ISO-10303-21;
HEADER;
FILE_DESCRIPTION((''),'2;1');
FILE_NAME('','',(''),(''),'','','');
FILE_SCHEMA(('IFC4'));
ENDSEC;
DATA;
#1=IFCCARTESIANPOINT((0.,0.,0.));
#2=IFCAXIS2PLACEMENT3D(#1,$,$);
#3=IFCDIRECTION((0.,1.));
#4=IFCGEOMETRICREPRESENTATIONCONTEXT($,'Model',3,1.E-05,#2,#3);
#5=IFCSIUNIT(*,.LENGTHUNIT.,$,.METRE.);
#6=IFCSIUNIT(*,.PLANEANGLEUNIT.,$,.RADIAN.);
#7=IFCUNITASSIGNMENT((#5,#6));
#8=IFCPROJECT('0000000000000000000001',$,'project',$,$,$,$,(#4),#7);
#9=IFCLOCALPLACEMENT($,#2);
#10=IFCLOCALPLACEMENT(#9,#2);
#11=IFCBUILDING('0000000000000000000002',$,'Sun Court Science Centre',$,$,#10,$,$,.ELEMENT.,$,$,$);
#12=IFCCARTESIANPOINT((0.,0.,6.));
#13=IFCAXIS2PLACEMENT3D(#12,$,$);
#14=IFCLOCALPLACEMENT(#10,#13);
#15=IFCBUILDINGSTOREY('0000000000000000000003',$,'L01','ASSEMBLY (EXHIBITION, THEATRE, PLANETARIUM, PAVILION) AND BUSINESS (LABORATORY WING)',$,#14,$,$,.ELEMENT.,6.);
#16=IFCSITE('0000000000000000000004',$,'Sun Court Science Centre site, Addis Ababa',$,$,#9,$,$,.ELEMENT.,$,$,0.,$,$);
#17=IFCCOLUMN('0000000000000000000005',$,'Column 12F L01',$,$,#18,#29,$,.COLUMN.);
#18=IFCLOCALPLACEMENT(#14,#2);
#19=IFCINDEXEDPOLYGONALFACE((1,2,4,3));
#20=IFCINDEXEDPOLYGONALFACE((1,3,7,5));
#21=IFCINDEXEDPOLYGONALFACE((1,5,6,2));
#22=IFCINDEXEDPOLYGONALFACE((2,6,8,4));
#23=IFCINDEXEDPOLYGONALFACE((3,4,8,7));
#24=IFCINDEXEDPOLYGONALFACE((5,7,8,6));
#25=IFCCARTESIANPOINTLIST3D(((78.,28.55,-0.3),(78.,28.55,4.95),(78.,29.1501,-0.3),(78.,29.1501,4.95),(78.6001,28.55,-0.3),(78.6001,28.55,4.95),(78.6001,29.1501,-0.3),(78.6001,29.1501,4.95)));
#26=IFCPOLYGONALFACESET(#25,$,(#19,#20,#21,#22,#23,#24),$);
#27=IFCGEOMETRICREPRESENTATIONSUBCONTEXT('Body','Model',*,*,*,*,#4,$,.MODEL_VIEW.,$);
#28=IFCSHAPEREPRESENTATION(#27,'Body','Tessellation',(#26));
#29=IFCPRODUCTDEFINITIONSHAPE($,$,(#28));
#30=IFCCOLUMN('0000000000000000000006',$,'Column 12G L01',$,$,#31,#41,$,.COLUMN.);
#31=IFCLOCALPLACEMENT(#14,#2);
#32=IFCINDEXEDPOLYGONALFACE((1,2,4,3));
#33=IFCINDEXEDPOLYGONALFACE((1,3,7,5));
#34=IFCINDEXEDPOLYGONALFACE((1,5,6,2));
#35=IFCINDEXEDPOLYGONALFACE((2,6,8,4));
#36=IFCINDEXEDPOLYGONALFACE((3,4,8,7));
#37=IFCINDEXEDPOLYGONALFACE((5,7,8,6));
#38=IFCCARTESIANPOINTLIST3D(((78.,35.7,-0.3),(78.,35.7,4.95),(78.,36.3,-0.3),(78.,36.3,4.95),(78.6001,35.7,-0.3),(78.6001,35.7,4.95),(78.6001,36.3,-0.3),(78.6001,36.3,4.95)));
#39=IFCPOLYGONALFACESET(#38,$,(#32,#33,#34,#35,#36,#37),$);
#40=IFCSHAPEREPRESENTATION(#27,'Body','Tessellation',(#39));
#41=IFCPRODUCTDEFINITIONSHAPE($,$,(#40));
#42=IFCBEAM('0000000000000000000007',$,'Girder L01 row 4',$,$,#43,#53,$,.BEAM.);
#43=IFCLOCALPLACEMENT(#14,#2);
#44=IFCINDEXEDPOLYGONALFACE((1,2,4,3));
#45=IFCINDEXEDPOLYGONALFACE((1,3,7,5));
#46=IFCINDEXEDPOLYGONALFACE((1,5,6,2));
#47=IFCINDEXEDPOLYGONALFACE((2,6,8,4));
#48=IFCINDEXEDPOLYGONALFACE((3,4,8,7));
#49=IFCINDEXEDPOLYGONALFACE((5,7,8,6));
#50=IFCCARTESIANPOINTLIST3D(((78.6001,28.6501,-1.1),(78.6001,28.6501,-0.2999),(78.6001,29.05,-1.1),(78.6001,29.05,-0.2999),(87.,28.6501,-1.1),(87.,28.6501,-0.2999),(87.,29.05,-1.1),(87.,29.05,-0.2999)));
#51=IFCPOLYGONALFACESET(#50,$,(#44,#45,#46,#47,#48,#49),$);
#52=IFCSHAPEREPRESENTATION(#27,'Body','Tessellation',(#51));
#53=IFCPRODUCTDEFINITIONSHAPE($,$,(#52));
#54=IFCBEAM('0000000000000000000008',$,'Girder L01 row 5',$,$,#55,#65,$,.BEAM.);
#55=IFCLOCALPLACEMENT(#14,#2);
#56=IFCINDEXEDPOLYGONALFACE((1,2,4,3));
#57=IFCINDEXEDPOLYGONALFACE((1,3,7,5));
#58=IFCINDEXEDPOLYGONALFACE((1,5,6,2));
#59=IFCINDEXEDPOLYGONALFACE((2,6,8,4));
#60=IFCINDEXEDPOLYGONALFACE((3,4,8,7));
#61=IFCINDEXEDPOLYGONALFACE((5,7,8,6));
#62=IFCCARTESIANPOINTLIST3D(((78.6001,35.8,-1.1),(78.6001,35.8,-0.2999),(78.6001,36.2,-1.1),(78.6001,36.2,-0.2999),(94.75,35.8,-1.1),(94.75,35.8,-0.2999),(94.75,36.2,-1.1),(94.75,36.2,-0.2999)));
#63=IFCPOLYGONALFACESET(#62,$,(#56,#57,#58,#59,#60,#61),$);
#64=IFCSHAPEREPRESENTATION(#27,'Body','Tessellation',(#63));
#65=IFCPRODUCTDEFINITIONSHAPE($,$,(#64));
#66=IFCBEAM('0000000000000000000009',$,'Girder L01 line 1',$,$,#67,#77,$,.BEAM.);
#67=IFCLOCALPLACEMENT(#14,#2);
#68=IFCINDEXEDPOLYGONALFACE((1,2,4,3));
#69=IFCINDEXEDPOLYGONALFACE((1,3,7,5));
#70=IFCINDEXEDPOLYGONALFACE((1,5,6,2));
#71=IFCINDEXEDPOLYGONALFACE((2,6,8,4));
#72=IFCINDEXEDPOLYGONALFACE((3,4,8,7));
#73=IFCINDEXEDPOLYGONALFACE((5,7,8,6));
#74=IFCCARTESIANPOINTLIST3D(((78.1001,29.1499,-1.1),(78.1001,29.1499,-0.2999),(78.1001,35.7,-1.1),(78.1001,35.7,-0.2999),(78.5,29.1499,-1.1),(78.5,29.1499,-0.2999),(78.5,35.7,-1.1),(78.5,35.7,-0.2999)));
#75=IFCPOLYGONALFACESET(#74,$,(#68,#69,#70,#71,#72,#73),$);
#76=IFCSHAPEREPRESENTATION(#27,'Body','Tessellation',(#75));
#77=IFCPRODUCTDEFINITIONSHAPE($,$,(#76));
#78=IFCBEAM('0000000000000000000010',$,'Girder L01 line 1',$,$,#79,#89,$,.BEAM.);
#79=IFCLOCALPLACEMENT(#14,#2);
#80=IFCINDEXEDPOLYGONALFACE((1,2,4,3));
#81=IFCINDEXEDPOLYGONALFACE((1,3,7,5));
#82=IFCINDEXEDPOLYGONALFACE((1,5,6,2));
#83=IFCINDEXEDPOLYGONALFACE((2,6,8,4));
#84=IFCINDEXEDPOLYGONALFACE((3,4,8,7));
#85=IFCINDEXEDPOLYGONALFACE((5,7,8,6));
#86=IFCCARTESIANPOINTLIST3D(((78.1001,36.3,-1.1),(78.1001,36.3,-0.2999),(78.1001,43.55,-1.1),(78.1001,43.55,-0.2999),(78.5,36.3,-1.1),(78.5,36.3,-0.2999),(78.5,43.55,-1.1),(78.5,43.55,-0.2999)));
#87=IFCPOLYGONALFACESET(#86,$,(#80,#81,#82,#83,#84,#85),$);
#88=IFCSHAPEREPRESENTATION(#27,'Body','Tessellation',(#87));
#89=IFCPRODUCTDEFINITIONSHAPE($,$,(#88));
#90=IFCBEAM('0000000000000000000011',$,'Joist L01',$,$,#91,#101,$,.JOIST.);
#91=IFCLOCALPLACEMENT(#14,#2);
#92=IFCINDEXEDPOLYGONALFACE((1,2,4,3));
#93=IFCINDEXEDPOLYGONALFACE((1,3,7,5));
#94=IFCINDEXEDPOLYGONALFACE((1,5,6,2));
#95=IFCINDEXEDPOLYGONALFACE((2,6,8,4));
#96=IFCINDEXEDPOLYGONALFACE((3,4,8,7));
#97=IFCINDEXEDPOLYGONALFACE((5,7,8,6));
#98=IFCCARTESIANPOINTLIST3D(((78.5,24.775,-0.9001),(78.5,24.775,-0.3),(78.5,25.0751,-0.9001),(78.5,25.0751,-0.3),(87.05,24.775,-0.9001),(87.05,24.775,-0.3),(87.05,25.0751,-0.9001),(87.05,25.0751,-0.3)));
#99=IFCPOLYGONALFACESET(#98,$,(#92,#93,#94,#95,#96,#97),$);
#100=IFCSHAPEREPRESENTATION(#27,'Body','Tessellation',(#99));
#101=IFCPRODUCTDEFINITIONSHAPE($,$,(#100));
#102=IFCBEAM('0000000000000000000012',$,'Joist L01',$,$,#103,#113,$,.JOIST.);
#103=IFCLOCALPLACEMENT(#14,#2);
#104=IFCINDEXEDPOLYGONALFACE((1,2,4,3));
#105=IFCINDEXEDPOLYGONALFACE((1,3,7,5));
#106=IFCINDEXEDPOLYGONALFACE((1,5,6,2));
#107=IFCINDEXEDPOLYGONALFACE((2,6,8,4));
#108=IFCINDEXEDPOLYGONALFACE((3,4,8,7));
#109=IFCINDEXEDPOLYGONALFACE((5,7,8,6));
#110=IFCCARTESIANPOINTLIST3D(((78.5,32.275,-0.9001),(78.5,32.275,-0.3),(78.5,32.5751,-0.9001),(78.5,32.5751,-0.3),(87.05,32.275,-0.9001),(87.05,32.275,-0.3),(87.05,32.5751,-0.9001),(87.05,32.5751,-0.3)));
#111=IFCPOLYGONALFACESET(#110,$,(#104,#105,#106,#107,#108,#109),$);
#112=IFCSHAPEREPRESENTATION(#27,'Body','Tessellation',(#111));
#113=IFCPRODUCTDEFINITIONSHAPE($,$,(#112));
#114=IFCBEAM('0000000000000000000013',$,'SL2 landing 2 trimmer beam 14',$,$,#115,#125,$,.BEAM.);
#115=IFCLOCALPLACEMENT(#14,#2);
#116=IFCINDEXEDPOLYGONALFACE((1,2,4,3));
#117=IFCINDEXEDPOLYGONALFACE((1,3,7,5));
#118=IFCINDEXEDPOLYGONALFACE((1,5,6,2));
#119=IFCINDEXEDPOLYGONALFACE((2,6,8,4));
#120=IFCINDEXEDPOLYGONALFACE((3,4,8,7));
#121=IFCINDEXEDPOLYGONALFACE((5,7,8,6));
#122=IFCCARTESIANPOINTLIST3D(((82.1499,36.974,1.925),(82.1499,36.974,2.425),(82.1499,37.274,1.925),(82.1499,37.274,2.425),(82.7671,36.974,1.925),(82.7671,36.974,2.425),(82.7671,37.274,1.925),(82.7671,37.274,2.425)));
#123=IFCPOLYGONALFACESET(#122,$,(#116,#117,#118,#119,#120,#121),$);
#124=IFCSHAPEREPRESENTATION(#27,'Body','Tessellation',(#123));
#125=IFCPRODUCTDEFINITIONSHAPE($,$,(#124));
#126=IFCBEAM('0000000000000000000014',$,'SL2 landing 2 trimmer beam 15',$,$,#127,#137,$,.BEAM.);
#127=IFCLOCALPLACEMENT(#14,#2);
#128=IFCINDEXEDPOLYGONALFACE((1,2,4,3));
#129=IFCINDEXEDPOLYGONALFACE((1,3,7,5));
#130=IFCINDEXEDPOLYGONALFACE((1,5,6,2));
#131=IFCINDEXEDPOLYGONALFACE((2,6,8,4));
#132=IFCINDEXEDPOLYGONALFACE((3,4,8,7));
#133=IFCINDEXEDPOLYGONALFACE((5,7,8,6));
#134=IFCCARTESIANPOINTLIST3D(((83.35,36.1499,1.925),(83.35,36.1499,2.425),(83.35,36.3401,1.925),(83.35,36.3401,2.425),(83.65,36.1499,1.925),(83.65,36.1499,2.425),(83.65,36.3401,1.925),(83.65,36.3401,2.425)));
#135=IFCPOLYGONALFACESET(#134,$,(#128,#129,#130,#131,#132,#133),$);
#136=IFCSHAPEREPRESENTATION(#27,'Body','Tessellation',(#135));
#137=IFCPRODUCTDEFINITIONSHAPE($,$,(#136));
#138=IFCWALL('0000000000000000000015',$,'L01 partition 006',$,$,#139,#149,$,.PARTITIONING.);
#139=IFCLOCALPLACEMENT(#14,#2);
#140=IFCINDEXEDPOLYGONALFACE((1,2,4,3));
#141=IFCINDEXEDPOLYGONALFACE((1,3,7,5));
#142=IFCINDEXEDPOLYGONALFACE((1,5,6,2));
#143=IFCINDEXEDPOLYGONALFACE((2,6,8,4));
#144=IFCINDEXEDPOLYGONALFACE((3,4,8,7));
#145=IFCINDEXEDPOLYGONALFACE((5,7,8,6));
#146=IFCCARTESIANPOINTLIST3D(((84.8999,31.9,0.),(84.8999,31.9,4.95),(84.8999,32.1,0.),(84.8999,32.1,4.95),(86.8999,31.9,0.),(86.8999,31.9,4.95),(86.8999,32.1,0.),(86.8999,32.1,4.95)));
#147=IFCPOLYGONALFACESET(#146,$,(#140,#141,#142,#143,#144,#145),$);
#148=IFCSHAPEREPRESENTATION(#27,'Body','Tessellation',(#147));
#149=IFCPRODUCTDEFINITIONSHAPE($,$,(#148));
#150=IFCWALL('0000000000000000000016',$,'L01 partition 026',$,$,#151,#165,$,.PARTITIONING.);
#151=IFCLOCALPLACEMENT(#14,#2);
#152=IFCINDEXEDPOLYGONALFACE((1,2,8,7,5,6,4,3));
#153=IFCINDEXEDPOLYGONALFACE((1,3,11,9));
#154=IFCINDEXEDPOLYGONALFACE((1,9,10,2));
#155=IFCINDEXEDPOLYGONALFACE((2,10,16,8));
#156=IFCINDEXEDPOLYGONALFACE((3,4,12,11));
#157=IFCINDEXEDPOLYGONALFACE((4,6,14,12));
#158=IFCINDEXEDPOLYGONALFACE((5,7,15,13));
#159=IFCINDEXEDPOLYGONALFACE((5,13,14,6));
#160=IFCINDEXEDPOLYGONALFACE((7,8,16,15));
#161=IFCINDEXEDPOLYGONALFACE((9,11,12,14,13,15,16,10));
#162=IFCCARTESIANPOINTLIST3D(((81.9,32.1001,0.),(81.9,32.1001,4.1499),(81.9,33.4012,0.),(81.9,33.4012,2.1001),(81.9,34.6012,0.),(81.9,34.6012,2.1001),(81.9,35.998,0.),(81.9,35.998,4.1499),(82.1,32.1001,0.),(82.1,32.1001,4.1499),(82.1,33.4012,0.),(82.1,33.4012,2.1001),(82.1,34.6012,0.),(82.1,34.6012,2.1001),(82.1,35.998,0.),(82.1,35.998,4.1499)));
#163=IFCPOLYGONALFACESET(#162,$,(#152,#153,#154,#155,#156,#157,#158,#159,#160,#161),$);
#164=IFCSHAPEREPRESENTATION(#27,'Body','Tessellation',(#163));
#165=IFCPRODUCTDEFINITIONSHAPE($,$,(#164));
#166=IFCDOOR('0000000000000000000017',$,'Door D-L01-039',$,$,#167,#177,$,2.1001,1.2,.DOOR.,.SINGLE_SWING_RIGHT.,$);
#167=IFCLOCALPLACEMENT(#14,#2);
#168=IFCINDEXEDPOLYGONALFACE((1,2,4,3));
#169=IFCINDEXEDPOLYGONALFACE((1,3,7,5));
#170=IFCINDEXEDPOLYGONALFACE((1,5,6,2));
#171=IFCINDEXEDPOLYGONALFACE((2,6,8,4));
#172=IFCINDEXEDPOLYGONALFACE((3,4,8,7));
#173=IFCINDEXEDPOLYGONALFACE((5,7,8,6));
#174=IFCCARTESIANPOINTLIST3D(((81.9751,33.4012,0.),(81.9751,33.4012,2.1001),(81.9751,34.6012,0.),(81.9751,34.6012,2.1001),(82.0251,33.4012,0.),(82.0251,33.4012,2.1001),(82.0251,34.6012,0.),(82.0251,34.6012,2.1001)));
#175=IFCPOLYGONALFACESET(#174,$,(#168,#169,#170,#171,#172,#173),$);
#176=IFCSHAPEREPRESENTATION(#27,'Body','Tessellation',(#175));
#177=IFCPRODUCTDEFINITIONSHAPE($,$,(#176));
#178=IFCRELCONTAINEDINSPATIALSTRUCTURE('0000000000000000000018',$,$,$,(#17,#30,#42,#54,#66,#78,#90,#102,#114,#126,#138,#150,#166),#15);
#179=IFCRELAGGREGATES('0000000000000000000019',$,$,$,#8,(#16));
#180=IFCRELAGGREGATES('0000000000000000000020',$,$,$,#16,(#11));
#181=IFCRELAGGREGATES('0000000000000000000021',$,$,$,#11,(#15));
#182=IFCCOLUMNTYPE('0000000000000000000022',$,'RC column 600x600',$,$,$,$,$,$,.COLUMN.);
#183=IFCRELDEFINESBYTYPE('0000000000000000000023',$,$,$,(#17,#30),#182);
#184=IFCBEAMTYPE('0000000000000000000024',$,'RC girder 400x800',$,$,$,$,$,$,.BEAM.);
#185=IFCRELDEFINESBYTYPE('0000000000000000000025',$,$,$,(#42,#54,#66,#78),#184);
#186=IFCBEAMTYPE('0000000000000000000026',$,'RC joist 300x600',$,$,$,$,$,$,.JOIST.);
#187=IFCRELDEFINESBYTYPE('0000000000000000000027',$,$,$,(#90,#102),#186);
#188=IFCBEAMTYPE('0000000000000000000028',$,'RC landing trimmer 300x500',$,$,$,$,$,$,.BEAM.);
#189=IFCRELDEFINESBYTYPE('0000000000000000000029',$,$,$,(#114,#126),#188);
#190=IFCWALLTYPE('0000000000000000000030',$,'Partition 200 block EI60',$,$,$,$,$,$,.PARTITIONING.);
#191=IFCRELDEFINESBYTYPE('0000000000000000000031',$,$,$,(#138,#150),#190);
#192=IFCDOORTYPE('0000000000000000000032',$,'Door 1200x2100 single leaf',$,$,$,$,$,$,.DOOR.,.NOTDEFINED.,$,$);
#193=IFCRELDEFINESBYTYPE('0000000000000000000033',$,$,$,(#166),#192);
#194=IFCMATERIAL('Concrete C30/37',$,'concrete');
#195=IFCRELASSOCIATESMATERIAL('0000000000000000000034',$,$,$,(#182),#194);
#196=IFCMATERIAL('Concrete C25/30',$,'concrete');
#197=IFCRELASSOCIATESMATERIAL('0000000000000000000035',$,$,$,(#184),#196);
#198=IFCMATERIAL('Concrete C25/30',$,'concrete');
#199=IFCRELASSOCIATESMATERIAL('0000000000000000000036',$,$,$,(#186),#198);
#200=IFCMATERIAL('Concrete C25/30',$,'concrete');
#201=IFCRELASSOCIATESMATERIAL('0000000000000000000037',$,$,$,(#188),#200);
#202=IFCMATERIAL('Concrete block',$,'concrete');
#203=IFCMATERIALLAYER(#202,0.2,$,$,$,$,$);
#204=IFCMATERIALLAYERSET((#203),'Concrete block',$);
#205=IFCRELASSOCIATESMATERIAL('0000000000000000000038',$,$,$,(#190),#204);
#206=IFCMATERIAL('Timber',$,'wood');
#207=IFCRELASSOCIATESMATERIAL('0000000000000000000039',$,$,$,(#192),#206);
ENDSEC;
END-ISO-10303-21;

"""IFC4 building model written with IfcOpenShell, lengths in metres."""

from ifc_helpers import new_model, si_unit, direction, frame, frame_2d, origin, origin_2d, place, context, subcontext, project, spatial, rectangle, extrude, material, layer, layer_set, material_profile, profile_set, type_object, element, fill, save


model = new_model("IFC4")

# Units and contexts
model_context = context("Model", 3, precision=1e-05, world=origin(), true_north=direction((0.0, 1.0)))
body_context = subcontext(model_context, "Body", "Model", "MODEL_VIEW")
ifc_project = project(units=[si_unit("LENGTHUNIT", "METRE"), si_unit("PLANEANGLEUNIT", "RADIAN")], contexts=[model_context])

# Site, building, storey
site_placement = place(None, origin())
site = spatial("IfcSite", under=ifc_project, at=site_placement, Name="Sun Court Science Centre site, Addis Ababa", CompositionType="ELEMENT", RefElevation=0.0)
building_placement = place(site_placement, origin())
building = spatial("IfcBuilding", under=site, at=building_placement, Name="Sun Court Science Centre", CompositionType="ELEMENT")
storey_placement = place(building_placement, frame((0.0, 0.0, 6.0)))
storey = spatial("IfcBuildingStorey", under=building, at=storey_placement, Name="L01", Description="ASSEMBLY (EXHIBITION, THEATRE, PLANETARIUM, PAVILION) AND BUSINESS (LABORATORY WING)", CompositionType="ELEMENT", Elevation=6.0)

# Columns
ifc_material_1 = material(Name="Concrete C30/37", Category="concrete")
ifc_material_profile_1 = material_profile(ifc_material_1, rectangle(XDim=0.6001, YDim=0.6001, at=origin_2d()), Name="RC 600x600")
ifc_profile_set_1 = profile_set([ifc_material_profile_1], Name="Concrete C30/37")
column_type = type_object("IfcColumnType", Name="RC column 600x600", PredefinedType="COLUMN", material=ifc_profile_set_1)
for number, where, z_axis, x_axis, name in (
    (1, (78.3, 28.8501, -0.3), (0.0, 0.0, 1.0), (1.0, 0.0, 0.0), "Column 12F L01"),
    (2, (78.3, 36.0, -0.3), (0.0, 0.0, 1.0), (1.0, 0.0, 0.0), "Column 12G L01"),
):
    element("IfcColumn", number, at=place(storey_placement, frame(where, z_axis=z_axis, x_axis=x_axis)), inside=storey, type_object=column_type, Name=name, PredefinedType="COLUMN", context=body_context, shape_type="SweptSolid", body=[
        extrude(rectangle(XDim=0.6001, YDim=0.6001, at=origin_2d()), origin(), (0.0, 0.0, 1.0), 5.25),
    ])

# Beams
ifc_material_2 = material(Name="Concrete C25/30", Category="concrete")
ifc_material_profile_2 = material_profile(ifc_material_2, rectangle(XDim=0.3999, YDim=0.8, at=origin_2d()), Name="RC 400x800")
ifc_profile_set_2 = profile_set([ifc_material_profile_2], Name="Concrete C25/30")
beam_type_1 = type_object("IfcBeamType", Name="RC girder 400x800", PredefinedType="BEAM", material=ifc_profile_set_2)
beam_1_placement = place(storey_placement, frame((78.6001, 28.8501, -0.7), z_axis=(1.0, 0.0, 0.0), x_axis=(0.0, 1.0, 0.0)))
element("IfcBeam", 3, at=beam_1_placement, inside=storey, type_object=beam_type_1, Name="Girder L01 row 4", PredefinedType="BEAM", context=body_context, shape_type="SweptSolid", body=[
    extrude(rectangle(XDim=0.3999, YDim=0.8, at=origin_2d()), origin(), (0.0, 0.0, 1.0), 8.3999),
])
beam_2_placement = place(storey_placement, frame((78.6001, 36.0, -0.7), z_axis=(1.0, 0.0, 0.0), x_axis=(0.0, 1.0, 0.0)))
element("IfcBeam", 4, at=beam_2_placement, inside=storey, type_object=beam_type_1, Name="Girder L01 row 5", PredefinedType="BEAM", context=body_context, shape_type="SweptSolid", body=[
    extrude(rectangle(XDim=0.3999, YDim=0.8, at=origin_2d()), origin(), (0.0, 0.0, 1.0), 16.1499),
])
beam_3_placement = place(storey_placement, frame((78.3, 29.1499, -0.7), z_axis=(0.0, 1.0, 0.0), x_axis=(-1.0, 0.0, 0.0)))
element("IfcBeam", 5, at=beam_3_placement, inside=storey, type_object=beam_type_1, Name="Girder L01 line 1", PredefinedType="BEAM", context=body_context, shape_type="SweptSolid", body=[
    extrude(rectangle(XDim=0.3999, YDim=0.8, at=origin_2d()), origin(), (0.0, 0.0, 1.0), 6.55),
])
beam_4_placement = place(storey_placement, frame((78.3, 36.3, -0.7), z_axis=(0.0, 1.0, 0.0), x_axis=(-1.0, 0.0, 0.0)))
element("IfcBeam", 6, at=beam_4_placement, inside=storey, type_object=beam_type_1, Name="Girder L01 line 1", PredefinedType="BEAM", context=body_context, shape_type="SweptSolid", body=[
    extrude(rectangle(XDim=0.3999, YDim=0.8, at=origin_2d()), origin(), (0.0, 0.0, 1.0), 7.25),
])
ifc_material_3 = material(Name="Concrete C25/30", Category="concrete")
ifc_material_profile_3 = material_profile(ifc_material_3, rectangle(XDim=0.3, YDim=0.6001, at=origin_2d()), Name="RC 300x600")
ifc_profile_set_3 = profile_set([ifc_material_profile_3], Name="Concrete C25/30")
beam_type_2 = type_object("IfcBeamType", Name="RC joist 300x600", PredefinedType="JOIST", material=ifc_profile_set_3)
for number, where, z_axis, x_axis, name in (
    (7, (78.5, 24.925, -0.6001), (1.0, 0.0, 0.0), (0.0, 1.0, 0.0), "Joist L01"),
    (8, (78.5, 32.425, -0.6001), (1.0, 0.0, 0.0), (0.0, 1.0, 0.0), "Joist L01"),
):
    element("IfcBeam", number, at=place(storey_placement, frame(where, z_axis=z_axis, x_axis=x_axis)), inside=storey, type_object=beam_type_2, Name=name, PredefinedType="JOIST", context=body_context, shape_type="SweptSolid", body=[
        extrude(rectangle(XDim=0.3, YDim=0.6001, at=origin_2d()), origin(), (0.0, 0.0, 1.0), 8.55),
    ])
ifc_material_4 = material(Name="Concrete C25/30", Category="concrete")
ifc_material_profile_4 = material_profile(ifc_material_4, rectangle(XDim=0.3, YDim=0.5, at=origin_2d()), Name="RC 300x500")
ifc_profile_set_4 = profile_set([ifc_material_profile_4], Name="Concrete C25/30")
beam_type_3 = type_object("IfcBeamType", Name="RC landing trimmer 300x500", PredefinedType="BEAM", material=ifc_profile_set_4)
beam_5_placement = place(storey_placement, frame((82.1499, 37.124, 2.175), z_axis=(1.0, 0.0, 0.0), x_axis=(0.0, 1.0, 0.0)))
element("IfcBeam", 9, at=beam_5_placement, inside=storey, type_object=beam_type_3, Name="SL2 landing 2 trimmer beam 14", PredefinedType="BEAM", context=body_context, shape_type="SweptSolid", body=[
    extrude(rectangle(XDim=0.3, YDim=0.5, at=origin_2d()), origin(), (0.0, 0.0, 1.0), 0.6172),
])
beam_6_placement = place(storey_placement, frame((83.5, 36.1499, 2.175), z_axis=(0.0, 1.0, 0.0), x_axis=(-1.0, 0.0, 0.0)))
element("IfcBeam", 10, at=beam_6_placement, inside=storey, type_object=beam_type_3, Name="SL2 landing 2 trimmer beam 15", PredefinedType="BEAM", context=body_context, shape_type="SweptSolid", body=[
    extrude(rectangle(XDim=0.3, YDim=0.5, at=origin_2d()), origin(), (0.0, 0.0, 1.0), 0.1902),
])

# Wall
ifc_material_5 = material(Name="Concrete block", Category="concrete")
ifc_layer_1 = layer(ifc_material_5, 0.2)
ifc_layer_set_1 = layer_set([ifc_layer_1], Name="Concrete block")
wall_type_1 = type_object("IfcWallType", Name="Partition 200 block EI60", PredefinedType="PARTITIONING", material=ifc_layer_set_1)
wall_1_placement = place(storey_placement, frame((84.8999, 32.0, 0.0), z_axis=(0.0, 0.0, 1.0), x_axis=(1.0, 0.0, 0.0)))
element("IfcWall", 11, at=wall_1_placement, inside=storey, type_object=wall_type_1, Name="L01 partition 006", PredefinedType="PARTITIONING", context=body_context, shape_type="SweptSolid", body=[
    extrude(rectangle(XDim=2.0, YDim=0.2, at=frame_2d((1.0, 0.0))), origin(), (0.0, 0.0, 1.0), 4.95),
])

# Wall, opening, door
wall_2_placement = place(storey_placement, frame((82.0, 32.1001, 0.0), z_axis=(0.0, 0.0, 1.0), x_axis=(0.0, 1.0, 0.0)))
wall_2 = element("IfcWall", 12, at=wall_2_placement, inside=storey, type_object=wall_type_1, Name="L01 partition 026", PredefinedType="PARTITIONING", context=body_context, shape_type="SweptSolid", body=[
    extrude(rectangle(XDim=3.8979, YDim=0.2, at=frame_2d((1.949, 0.0))), origin(), (0.0, 0.0, 1.0), 4.1499),
])
opening_1_placement = place(wall_2_placement, frame((1.301, 0.0, 0.0)))
opening_1 = element("IfcOpeningElement", 13, at=opening_1_placement, cuts=wall_2, PredefinedType="OPENING", context=body_context, shape_type="SweptSolid", body=[
    extrude(rectangle(XDim=1.2, YDim=2.1001, at=frame_2d((0.6001, 1.05))), frame((0.0, 0.1099, 0.0), z_axis=(0.0, -1.0, 0.0), x_axis=(1.0, 0.0, 0.0)), (0.0, 0.0, 1.0), 0.22),
])
ifc_material_6 = material(Name="Timber", Category="wood")
door_type_1 = type_object("IfcDoorType", Name="Door 1200x2100 single leaf", OperationType="NOTDEFINED", PredefinedType="DOOR", material=ifc_material_6)
door_1_placement = place(opening_1_placement, origin())
door_1 = element("IfcDoor", 14, at=door_1_placement, inside=storey, type_object=door_type_1, Name="Door D-L01-039", OperationType="SINGLE_SWING_RIGHT", OverallHeight=2.1001, OverallWidth=1.2, PredefinedType="DOOR", context=body_context, shape_type="SweptSolid", body=[
    extrude(rectangle(XDim=1.2, YDim=2.1001, at=frame_2d((0.6001, 1.05))), frame((0.0, 0.0249, 0.0), z_axis=(0.0, -1.0, 0.0), x_axis=(1.0, 0.0, 0.0)), (0.0, 0.0, 1.0), 0.05),
])
fill(opening_1, door_1)

save(model, "model.ifc")
